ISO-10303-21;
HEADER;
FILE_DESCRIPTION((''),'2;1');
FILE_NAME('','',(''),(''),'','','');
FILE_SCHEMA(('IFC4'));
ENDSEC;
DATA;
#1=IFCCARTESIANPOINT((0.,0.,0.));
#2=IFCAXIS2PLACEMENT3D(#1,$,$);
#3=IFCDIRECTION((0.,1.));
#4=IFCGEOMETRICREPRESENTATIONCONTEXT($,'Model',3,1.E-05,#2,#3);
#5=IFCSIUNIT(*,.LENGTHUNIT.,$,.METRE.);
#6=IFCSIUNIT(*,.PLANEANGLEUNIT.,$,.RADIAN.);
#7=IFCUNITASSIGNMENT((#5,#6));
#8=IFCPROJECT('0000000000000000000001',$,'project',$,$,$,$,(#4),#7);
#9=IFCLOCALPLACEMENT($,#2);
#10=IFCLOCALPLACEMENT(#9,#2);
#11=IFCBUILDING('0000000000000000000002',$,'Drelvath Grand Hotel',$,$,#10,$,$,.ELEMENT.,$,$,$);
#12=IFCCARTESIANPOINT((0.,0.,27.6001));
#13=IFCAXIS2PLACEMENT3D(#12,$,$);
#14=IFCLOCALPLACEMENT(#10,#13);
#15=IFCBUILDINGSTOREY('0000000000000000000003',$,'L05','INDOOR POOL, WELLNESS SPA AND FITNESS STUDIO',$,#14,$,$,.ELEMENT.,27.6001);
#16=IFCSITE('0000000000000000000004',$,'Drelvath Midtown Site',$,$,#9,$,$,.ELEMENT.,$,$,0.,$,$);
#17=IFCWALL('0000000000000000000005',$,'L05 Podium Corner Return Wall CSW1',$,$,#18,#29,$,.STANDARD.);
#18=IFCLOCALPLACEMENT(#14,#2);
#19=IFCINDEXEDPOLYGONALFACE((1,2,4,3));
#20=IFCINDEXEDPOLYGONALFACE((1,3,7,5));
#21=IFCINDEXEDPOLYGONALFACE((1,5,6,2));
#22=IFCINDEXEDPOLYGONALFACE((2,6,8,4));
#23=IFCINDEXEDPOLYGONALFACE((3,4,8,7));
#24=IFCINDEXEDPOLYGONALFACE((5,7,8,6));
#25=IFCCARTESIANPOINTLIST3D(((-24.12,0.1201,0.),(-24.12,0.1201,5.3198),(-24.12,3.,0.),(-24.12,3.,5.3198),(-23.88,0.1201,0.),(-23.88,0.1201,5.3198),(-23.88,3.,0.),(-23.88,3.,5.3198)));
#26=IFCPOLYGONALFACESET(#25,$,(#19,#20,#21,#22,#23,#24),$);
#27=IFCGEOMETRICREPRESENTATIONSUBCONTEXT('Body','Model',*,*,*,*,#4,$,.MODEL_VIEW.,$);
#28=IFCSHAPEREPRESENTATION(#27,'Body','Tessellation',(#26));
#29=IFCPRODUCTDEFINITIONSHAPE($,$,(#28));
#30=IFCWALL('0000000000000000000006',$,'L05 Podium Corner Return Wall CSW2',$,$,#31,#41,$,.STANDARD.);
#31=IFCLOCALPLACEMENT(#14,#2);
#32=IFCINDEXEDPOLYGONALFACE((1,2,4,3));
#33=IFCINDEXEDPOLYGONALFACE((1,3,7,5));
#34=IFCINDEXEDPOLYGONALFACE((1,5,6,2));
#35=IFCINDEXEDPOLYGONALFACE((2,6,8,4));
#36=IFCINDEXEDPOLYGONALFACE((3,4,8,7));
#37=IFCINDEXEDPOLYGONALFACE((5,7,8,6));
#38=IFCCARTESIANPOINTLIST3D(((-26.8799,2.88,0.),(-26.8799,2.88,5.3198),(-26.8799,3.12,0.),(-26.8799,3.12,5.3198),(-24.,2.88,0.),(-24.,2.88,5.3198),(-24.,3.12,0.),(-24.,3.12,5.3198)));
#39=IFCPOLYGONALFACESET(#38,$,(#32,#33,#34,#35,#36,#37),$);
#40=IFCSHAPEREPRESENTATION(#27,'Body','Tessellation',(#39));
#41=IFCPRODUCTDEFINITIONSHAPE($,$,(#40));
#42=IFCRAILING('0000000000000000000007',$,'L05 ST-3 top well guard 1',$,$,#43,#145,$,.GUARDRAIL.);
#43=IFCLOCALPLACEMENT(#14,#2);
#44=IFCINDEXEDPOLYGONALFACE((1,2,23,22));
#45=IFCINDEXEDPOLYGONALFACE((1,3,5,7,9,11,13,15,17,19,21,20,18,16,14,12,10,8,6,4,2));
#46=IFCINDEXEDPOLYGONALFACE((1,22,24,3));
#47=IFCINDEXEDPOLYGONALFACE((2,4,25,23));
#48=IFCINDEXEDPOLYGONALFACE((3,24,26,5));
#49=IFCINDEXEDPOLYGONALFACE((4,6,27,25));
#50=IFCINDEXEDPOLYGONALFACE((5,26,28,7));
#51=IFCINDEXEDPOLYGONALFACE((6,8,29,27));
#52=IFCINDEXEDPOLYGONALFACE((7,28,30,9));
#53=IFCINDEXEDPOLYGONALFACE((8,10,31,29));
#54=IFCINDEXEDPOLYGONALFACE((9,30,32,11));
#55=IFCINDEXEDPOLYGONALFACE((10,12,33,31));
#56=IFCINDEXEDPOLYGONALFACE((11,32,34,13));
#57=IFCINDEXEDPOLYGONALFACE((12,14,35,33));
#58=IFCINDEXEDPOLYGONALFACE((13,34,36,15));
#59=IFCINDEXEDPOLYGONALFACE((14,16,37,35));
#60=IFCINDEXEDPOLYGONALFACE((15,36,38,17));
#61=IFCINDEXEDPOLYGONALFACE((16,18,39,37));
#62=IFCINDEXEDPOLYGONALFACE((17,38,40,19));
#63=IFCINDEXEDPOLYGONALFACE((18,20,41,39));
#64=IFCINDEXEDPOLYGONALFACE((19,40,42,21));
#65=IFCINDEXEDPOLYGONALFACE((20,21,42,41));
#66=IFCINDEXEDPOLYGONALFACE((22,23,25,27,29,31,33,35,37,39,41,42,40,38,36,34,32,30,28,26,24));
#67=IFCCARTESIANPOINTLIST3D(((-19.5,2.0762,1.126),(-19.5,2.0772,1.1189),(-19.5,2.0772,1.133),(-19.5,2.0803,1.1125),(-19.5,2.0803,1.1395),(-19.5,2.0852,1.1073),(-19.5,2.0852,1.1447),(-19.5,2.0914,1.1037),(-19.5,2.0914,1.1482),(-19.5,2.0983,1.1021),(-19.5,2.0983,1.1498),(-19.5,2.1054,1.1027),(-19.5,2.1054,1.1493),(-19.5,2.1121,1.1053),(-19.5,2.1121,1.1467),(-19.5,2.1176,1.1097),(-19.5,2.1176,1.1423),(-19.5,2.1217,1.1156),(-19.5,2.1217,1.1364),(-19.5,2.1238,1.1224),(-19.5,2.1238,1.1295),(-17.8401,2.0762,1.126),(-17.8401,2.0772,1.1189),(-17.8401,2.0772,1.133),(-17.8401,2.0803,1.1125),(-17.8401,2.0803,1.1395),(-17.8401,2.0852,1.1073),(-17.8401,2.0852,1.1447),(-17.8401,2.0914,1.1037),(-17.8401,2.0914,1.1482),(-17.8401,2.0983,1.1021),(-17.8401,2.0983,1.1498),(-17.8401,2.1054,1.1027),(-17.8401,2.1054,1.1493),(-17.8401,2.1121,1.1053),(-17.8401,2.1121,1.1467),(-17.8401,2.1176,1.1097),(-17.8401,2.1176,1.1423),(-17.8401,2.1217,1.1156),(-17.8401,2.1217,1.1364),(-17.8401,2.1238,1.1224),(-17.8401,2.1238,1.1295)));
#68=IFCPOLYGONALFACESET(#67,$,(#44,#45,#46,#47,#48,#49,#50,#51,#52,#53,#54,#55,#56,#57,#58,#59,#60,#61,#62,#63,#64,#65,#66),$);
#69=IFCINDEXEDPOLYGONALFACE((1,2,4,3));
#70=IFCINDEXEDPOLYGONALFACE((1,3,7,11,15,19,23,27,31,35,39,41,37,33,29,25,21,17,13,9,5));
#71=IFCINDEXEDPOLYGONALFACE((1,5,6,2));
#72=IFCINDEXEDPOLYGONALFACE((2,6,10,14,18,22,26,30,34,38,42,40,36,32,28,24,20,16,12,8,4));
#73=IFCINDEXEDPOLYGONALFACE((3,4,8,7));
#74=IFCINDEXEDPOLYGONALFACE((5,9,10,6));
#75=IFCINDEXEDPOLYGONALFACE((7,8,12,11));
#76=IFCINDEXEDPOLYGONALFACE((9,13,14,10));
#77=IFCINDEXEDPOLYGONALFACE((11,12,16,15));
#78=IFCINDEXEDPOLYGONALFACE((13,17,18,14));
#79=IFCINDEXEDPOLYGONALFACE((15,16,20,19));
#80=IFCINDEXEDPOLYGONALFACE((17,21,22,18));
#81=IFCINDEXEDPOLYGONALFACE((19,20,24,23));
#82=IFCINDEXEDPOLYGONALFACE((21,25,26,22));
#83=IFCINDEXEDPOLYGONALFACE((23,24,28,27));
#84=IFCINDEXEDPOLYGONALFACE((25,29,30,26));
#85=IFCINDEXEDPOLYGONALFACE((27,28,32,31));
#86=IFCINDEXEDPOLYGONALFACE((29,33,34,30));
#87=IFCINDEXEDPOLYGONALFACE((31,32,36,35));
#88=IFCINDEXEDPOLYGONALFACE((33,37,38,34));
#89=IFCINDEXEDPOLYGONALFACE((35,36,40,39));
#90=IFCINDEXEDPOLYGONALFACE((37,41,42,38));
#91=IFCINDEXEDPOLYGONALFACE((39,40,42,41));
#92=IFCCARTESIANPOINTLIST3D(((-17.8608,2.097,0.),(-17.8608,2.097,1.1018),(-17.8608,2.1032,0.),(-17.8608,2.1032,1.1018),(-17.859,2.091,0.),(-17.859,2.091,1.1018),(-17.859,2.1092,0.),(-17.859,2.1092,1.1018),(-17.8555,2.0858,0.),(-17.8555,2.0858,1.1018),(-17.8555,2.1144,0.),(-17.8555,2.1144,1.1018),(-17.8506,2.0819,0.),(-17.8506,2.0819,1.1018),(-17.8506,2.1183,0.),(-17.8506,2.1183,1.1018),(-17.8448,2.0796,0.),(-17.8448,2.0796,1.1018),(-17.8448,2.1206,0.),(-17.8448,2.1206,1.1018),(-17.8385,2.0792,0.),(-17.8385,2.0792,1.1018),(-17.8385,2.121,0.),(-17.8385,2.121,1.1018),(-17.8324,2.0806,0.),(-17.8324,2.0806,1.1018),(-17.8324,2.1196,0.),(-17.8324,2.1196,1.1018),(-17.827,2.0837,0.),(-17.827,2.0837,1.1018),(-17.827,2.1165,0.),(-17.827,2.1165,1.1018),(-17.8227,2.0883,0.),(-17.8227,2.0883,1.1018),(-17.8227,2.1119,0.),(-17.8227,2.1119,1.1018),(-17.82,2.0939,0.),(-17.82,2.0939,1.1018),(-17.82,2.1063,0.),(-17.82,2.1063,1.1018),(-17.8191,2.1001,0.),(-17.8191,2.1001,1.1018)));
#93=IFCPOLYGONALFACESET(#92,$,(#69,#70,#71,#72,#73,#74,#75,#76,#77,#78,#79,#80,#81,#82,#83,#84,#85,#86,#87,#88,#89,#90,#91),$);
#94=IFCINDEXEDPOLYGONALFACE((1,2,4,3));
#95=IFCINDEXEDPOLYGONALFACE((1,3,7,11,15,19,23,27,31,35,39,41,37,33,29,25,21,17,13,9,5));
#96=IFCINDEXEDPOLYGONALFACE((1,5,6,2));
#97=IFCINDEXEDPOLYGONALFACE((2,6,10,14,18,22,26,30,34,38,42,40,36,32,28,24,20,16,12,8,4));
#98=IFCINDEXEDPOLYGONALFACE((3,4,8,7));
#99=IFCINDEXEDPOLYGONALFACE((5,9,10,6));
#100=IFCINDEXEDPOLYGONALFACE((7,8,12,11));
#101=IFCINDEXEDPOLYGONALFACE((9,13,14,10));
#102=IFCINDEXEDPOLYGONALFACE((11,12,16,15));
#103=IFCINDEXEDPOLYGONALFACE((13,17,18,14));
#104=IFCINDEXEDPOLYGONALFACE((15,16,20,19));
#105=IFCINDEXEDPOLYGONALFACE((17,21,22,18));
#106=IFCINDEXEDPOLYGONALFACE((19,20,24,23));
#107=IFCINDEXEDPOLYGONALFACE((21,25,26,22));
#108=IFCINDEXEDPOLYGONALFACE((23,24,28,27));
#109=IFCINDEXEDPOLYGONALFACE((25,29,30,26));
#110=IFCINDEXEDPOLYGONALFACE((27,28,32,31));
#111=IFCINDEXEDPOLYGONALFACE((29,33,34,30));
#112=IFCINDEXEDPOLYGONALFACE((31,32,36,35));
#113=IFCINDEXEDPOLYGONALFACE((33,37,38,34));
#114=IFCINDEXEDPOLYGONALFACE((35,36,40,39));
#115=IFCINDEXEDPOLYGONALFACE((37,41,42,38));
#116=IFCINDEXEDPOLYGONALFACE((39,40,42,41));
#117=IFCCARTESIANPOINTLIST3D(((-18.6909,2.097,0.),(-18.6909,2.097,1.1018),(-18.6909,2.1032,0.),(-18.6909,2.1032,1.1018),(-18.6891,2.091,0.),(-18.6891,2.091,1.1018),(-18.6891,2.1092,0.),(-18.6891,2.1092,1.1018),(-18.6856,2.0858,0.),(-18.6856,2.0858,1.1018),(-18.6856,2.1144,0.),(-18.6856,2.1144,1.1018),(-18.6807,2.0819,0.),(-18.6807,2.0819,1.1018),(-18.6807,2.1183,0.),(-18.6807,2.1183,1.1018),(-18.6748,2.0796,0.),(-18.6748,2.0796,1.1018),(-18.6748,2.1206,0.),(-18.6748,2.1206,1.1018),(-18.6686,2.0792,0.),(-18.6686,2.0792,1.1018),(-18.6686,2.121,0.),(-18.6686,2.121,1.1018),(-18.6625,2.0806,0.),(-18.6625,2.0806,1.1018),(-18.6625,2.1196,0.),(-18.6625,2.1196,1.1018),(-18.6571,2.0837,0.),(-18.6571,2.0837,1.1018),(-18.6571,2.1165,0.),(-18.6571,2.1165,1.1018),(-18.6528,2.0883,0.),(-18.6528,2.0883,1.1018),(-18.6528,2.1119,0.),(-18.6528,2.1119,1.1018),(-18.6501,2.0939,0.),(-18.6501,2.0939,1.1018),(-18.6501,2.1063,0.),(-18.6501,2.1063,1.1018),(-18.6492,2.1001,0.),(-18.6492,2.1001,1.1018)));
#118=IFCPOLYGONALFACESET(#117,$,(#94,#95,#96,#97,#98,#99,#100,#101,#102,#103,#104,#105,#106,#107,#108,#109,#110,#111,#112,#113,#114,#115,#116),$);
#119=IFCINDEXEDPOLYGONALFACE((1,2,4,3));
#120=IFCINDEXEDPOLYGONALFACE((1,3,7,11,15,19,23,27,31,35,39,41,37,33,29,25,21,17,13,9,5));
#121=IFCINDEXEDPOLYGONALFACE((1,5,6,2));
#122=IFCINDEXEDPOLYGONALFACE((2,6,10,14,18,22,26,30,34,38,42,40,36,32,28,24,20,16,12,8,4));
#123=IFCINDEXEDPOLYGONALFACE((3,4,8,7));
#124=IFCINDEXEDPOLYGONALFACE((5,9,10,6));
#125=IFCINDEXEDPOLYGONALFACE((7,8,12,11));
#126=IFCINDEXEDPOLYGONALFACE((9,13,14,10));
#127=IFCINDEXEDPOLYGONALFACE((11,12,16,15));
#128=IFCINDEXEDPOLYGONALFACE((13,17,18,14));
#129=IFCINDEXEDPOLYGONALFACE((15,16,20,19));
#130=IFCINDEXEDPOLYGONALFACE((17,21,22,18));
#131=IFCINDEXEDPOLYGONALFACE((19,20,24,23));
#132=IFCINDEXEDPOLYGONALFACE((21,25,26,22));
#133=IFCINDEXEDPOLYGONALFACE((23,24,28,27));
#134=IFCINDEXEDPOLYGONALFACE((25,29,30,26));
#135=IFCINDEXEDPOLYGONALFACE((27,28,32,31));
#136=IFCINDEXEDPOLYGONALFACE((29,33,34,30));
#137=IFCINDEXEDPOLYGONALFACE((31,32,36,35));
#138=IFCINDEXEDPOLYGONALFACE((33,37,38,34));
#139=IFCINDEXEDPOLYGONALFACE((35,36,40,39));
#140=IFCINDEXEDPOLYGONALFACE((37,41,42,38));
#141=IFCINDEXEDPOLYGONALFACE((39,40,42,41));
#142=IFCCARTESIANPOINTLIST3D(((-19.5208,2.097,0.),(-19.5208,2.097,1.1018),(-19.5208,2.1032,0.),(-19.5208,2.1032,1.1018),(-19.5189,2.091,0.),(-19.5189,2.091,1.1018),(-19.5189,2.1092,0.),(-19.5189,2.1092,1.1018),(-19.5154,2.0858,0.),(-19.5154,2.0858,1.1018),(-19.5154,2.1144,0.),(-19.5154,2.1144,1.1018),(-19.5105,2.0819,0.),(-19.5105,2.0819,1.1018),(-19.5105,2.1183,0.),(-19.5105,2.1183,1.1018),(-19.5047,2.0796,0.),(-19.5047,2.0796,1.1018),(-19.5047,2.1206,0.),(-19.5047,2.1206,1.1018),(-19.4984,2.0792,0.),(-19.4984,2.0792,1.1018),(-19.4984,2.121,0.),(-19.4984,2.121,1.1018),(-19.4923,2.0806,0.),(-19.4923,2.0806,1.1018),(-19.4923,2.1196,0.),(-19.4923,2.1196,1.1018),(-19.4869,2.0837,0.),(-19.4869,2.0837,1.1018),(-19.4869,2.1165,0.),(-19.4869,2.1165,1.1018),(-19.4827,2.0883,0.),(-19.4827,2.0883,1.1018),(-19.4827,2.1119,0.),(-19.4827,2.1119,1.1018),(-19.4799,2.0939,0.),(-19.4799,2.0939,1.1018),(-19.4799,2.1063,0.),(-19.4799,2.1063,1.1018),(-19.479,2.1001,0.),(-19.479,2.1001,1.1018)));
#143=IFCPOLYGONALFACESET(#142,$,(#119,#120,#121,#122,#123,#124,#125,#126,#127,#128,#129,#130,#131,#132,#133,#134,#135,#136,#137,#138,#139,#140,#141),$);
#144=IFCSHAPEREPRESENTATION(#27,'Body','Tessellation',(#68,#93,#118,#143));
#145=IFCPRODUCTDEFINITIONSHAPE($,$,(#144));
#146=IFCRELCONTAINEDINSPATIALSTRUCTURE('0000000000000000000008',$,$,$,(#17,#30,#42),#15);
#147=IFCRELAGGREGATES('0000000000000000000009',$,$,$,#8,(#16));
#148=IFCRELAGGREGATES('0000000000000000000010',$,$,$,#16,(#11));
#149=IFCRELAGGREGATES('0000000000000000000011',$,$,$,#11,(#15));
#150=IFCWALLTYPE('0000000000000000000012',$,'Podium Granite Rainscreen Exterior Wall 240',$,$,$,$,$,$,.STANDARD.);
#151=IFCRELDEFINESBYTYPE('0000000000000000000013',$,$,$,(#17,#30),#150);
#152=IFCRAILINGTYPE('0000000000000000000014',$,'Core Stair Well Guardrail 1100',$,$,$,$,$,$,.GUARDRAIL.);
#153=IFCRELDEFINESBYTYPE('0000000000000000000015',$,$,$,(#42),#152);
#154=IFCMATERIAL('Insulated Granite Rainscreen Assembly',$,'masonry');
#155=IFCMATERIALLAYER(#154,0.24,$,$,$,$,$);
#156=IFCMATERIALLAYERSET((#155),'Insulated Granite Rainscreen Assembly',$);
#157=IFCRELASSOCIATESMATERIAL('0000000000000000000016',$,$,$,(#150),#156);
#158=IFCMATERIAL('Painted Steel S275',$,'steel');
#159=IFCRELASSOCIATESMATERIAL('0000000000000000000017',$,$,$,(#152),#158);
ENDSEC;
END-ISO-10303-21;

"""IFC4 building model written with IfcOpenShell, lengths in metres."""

from ifc_helpers import new_model, si_unit, direction, frame, frame_2d, origin, origin_2d, place, context, subcontext, project, spatial, rectangle, circle, extrude, material, layer, layer_set, type_object, element, save


model = new_model("IFC4")

# Units and contexts
model_context = context("Model", 3, precision=1e-05, world=origin(), true_north=direction((0.0, 1.0)))
body_context = subcontext(model_context, "Body", "Model", "MODEL_VIEW")
ifc_project = project(units=[si_unit("LENGTHUNIT", "METRE"), si_unit("PLANEANGLEUNIT", "RADIAN")], contexts=[model_context])

# Site, building, storey
site_placement = place(None, origin())
site = spatial("IfcSite", under=ifc_project, at=site_placement, Name="Drelvath Midtown Site", CompositionType="ELEMENT", RefElevation=0.0)
building_placement = place(site_placement, origin())
building = spatial("IfcBuilding", under=site, at=building_placement, Name="Drelvath Grand Hotel", CompositionType="ELEMENT")
storey_placement = place(building_placement, frame((0.0, 0.0, 27.6001)))
storey = spatial("IfcBuildingStorey", under=building, at=storey_placement, Name="L05", Description="INDOOR POOL, WELLNESS SPA AND FITNESS STUDIO", CompositionType="ELEMENT", Elevation=27.6001)

# Shared definitions
ifc_material_1 = material(Name="Painted Steel S275", Category="steel")

# Shared definitions
ifc_material_2 = material(Name="Insulated Granite Rainscreen Assembly", Category="masonry")
ifc_layer_1 = layer(ifc_material_2, 0.24)
ifc_layer_set_1 = layer_set([ifc_layer_1], Name="Insulated Granite Rainscreen Assembly")
wall_type_1 = type_object("IfcWallType", Name="Podium Granite Rainscreen Exterior Wall 240", PredefinedType="STANDARD", material=ifc_layer_set_1)

# Walls
for number, where, z_axis, x_axis, name in (
    (1, (-24.0, 0.1201, 0.0), (0.0, 0.0, 1.0), (0.0, 1.0, 0.0), "L05 Podium Corner Return Wall CSW1"),
    (2, (-24.0, 3.0, 0.0), (0.0, 0.0, 1.0), (-1.0, 0.0, 0.0), "L05 Podium Corner Return Wall CSW2"),
):
    element("IfcWall", number, at=place(storey_placement, frame(where, z_axis=z_axis, x_axis=x_axis)), inside=storey, type_object=wall_type_1, Name=name, PredefinedType="STANDARD", context=body_context, shape_type="SweptSolid", body=[
        extrude(rectangle(XDim=2.8799, YDim=0.24, at=frame_2d((1.4399, 0.0))), origin(), (0.0, 0.0, 1.0), 5.3198),
    ])

# Railing
railing_type = type_object("IfcRailingType", Name="Core Stair Well Guardrail 1100", PredefinedType="GUARDRAIL", material=ifc_material_1)
railing_placement = place(storey_placement, frame((-17.8401, 2.1001, 0.0)))
element("IfcRailing", 3, at=railing_placement, inside=storey, type_object=railing_type, Name="L05 ST-3 top well guard 1", PredefinedType="GUARDRAIL", context=body_context, shape_type="SweptSolid", body=[
    extrude(circle(Radius=0.0239, at=origin_2d()), frame((0.0, 0.0, 1.126), z_axis=(-1.0, 0.0, 0.0), x_axis=(0.0, -1.0, 0.0)), (0.0, 0.0, 1.0), 1.6599),
    extrude(circle(Radius=0.021, at=origin_2d()), origin(), (0.0, 0.0, 1.0), 1.1018),
    extrude(circle(Radius=0.021, at=origin_2d()), frame((-0.8301, 0.0, 0.0)), (0.0, 0.0, 1.0), 1.1018),
    extrude(circle(Radius=0.021, at=origin_2d()), frame((-1.6599, 0.0, 0.0)), (0.0, 0.0, 1.0), 1.1018),
])

save(model, "model.ifc")
